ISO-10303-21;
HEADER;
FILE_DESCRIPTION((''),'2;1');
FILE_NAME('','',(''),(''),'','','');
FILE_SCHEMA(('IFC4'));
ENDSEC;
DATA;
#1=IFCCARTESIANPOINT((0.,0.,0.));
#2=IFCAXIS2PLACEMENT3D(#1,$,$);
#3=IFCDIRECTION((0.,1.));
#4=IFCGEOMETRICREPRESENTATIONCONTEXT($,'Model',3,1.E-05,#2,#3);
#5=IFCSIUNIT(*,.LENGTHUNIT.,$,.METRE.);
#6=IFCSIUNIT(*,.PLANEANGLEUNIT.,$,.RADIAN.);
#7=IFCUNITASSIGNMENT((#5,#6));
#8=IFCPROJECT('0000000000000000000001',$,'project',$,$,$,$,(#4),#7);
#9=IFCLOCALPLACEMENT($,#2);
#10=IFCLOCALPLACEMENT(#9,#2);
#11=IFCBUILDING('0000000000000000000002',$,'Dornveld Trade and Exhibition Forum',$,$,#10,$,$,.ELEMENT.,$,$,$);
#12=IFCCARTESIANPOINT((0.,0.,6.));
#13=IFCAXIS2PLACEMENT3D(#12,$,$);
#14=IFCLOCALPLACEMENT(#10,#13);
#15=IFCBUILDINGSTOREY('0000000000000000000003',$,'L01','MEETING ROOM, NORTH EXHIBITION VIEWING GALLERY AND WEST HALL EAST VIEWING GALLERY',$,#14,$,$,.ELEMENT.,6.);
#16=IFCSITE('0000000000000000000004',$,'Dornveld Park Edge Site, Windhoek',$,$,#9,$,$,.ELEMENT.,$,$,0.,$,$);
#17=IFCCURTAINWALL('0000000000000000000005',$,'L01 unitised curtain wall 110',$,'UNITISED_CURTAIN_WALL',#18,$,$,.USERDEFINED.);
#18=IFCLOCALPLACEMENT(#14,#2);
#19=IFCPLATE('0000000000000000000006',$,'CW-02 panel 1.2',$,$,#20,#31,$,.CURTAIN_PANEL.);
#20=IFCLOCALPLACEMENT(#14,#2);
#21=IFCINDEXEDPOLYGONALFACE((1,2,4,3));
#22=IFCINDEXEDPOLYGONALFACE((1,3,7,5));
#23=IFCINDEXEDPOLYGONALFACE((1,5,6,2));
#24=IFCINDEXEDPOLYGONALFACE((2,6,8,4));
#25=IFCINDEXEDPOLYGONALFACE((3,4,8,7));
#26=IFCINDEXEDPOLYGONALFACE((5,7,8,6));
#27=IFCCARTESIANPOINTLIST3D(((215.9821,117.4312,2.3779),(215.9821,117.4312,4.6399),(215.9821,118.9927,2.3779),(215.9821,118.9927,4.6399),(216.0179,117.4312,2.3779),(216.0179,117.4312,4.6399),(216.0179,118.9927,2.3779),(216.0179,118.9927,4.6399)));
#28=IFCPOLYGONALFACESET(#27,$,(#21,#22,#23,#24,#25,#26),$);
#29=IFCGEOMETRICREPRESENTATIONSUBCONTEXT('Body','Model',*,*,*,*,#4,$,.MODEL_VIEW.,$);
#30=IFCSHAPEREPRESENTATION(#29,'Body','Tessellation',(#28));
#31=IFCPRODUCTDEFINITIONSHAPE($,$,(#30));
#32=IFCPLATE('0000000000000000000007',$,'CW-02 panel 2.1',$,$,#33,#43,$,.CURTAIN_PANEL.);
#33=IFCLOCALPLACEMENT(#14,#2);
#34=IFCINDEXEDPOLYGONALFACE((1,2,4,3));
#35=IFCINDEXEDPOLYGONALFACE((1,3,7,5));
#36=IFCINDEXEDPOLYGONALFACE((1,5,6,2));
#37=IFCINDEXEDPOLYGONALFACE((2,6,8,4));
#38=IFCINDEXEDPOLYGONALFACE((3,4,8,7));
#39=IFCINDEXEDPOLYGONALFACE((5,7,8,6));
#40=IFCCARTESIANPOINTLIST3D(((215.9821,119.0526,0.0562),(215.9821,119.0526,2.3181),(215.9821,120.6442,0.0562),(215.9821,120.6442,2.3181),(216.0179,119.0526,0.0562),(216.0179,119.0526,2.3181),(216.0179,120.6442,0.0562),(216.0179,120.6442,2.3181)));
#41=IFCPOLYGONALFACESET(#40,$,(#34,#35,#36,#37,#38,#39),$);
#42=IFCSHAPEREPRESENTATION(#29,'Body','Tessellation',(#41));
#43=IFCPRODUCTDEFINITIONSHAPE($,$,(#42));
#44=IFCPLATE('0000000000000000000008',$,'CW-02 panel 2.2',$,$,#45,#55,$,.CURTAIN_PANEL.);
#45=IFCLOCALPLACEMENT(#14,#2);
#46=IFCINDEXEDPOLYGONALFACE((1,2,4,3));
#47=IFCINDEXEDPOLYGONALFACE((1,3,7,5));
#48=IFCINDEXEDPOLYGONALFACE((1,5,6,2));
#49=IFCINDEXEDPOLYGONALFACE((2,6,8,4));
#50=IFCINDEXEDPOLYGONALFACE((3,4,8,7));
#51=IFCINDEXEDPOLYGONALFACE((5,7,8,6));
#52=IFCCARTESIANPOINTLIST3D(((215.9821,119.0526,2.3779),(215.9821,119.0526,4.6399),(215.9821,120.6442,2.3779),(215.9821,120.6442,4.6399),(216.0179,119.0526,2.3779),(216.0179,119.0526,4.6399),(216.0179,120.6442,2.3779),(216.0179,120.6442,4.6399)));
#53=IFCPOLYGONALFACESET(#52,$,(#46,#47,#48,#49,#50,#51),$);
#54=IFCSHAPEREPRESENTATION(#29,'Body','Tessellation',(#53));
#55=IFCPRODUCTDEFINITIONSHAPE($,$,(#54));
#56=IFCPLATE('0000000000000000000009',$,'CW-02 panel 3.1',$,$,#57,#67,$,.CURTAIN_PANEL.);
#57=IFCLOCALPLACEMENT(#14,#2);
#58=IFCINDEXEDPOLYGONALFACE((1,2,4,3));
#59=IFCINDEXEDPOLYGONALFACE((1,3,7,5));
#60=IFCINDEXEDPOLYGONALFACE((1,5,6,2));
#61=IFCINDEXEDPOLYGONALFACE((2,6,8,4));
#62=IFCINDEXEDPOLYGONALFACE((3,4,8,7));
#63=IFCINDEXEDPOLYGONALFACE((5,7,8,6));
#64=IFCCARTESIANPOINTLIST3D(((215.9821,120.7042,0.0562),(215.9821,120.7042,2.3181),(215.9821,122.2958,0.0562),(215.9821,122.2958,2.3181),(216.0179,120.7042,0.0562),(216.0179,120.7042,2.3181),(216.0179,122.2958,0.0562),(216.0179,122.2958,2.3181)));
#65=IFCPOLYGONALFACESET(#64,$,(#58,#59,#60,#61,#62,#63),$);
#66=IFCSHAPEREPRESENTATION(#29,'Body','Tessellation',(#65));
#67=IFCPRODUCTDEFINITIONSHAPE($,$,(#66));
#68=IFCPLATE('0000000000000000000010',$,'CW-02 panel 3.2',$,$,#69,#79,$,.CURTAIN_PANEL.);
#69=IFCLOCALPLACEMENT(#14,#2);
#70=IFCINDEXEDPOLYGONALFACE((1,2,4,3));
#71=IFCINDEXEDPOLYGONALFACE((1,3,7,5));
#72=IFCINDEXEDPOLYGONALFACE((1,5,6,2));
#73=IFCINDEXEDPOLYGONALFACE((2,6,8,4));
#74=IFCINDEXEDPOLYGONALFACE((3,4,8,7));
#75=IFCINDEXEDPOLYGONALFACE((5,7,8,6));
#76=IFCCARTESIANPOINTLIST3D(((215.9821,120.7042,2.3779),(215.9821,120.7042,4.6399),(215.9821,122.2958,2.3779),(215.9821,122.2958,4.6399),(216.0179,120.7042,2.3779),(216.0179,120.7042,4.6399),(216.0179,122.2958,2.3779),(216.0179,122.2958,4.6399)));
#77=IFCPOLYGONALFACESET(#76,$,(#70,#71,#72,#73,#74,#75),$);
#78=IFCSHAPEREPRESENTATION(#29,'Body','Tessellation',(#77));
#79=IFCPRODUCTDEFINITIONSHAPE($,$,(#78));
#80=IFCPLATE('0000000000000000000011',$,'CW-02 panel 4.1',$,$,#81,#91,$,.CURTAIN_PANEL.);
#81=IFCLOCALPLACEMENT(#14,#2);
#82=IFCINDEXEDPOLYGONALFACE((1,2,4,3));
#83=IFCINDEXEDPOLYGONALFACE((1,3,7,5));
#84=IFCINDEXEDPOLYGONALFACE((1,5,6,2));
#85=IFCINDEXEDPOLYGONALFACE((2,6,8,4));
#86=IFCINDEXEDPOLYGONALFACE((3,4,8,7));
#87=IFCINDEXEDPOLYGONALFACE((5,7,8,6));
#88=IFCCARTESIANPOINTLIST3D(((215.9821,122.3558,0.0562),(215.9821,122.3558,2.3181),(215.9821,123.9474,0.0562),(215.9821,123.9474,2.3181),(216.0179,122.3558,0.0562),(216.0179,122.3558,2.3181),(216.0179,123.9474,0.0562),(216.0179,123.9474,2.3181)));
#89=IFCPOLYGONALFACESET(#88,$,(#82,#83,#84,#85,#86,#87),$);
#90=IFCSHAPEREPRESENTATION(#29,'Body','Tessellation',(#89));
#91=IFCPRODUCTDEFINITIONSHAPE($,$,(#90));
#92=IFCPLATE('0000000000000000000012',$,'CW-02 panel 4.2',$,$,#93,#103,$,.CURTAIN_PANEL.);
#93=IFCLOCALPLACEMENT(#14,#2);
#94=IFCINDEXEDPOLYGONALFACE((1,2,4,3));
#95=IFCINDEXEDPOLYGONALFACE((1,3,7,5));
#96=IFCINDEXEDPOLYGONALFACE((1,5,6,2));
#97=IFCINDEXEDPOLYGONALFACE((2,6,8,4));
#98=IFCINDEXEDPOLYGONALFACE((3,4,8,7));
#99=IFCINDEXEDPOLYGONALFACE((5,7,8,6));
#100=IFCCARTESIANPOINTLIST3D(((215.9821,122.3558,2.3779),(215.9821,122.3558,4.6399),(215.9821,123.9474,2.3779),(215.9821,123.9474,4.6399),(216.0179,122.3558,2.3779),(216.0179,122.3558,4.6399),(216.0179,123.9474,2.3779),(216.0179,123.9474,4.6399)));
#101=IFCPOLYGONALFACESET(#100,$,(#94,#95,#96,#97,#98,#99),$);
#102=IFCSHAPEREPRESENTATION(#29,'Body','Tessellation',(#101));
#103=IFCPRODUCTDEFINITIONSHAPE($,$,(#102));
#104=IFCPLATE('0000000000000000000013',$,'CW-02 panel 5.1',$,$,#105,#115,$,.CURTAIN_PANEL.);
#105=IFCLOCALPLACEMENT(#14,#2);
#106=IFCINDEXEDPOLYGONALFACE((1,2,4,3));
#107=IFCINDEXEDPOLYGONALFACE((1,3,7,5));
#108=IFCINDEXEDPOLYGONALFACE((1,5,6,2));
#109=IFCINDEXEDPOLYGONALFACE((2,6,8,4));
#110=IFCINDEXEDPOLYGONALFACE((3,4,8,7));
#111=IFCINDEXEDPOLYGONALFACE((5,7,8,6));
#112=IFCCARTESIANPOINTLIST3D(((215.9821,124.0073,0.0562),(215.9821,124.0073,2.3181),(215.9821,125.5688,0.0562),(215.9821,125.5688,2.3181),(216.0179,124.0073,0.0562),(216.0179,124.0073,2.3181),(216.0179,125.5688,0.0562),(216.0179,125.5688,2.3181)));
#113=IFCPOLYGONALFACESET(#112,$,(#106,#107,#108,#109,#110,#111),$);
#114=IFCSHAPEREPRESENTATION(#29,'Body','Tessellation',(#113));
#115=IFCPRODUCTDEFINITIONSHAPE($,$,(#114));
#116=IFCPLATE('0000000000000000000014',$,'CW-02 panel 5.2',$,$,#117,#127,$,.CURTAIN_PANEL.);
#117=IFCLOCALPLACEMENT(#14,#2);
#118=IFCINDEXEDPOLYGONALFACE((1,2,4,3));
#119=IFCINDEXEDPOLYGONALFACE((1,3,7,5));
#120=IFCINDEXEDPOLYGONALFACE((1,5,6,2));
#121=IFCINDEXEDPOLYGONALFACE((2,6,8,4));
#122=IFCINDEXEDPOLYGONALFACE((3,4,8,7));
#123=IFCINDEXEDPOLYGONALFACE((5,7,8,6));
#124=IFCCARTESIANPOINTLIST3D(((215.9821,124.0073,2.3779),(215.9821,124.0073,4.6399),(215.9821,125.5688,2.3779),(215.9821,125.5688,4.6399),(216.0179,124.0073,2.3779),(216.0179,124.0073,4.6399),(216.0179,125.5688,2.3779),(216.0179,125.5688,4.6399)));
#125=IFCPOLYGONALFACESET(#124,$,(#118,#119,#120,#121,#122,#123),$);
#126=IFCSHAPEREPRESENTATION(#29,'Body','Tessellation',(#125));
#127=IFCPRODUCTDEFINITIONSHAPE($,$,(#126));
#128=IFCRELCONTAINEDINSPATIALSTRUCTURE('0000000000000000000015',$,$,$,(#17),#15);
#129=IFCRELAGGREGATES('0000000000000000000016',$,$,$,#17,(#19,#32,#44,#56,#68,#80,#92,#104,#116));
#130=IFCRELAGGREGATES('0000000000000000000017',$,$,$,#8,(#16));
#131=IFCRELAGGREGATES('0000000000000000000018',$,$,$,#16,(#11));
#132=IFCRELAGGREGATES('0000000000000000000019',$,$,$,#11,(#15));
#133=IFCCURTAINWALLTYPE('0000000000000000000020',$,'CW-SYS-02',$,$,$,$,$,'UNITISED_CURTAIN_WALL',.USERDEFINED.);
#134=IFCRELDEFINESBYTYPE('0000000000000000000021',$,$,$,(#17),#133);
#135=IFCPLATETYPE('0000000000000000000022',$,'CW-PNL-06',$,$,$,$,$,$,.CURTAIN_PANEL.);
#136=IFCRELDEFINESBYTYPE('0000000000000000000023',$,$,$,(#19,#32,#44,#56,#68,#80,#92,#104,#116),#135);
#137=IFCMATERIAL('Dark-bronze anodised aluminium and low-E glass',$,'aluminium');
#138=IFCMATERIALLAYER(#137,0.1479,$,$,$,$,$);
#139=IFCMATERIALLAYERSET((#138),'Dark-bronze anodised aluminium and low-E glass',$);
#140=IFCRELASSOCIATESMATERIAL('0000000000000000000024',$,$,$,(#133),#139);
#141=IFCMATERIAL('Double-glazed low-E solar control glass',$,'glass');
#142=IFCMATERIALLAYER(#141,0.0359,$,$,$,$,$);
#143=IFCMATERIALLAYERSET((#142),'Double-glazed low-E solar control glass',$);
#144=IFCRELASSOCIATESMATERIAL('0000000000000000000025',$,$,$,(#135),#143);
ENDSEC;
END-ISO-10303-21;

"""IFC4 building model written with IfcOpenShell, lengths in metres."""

from ifc_helpers import new_model, si_unit, direction, frame, origin, origin_2d, place, context, subcontext, project, spatial, rectangle, extrude, material, layer, layer_set, type_object, element, aggregate, save


model = new_model("IFC4")

# Units and contexts
model_context = context("Model", 3, precision=1e-05, world=origin(), true_north=direction((0.0, 1.0)))
body_context = subcontext(model_context, "Body", "Model", "MODEL_VIEW")
ifc_project = project(units=[si_unit("LENGTHUNIT", "METRE"), si_unit("PLANEANGLEUNIT", "RADIAN")], contexts=[model_context])

# Site, building, storey
site_placement = place(None, origin())
site = spatial("IfcSite", under=ifc_project, at=site_placement, Name="Dornveld Park Edge Site, Windhoek", CompositionType="ELEMENT", RefElevation=0.0)
building_placement = place(site_placement, origin())
building = spatial("IfcBuilding", under=site, at=building_placement, Name="Dornveld Trade and Exhibition Forum", CompositionType="ELEMENT")
storey_placement = place(building_placement, frame((0.0, 0.0, 6.0)))
storey = spatial("IfcBuildingStorey", under=building, at=storey_placement, Name="L01", Description="MEETING ROOM, NORTH EXHIBITION VIEWING GALLERY AND WEST HALL EAST VIEWING GALLERY", CompositionType="ELEMENT", Elevation=6.0)

# Curtain wall, plates
ifc_material_1 = material(Name="Dark-bronze anodised aluminium and low-E glass", Category="aluminium")
ifc_layer_1 = layer(ifc_material_1, 0.1479)
ifc_layer_set_1 = layer_set([ifc_layer_1], Name="Dark-bronze anodised aluminium and low-E glass")
curtain_wall_type = type_object("IfcCurtainWallType", Name="CW-SYS-02", ElementType="UNITISED_CURTAIN_WALL", PredefinedType="USERDEFINED", material=ifc_layer_set_1)
curtain_wall_placement = place(storey_placement, origin())
curtain_wall = element("IfcCurtainWall", 1, at=curtain_wall_placement, inside=storey, type_object=curtain_wall_type, Name="L01 unitised curtain wall 110", ObjectType="UNITISED_CURTAIN_WALL", PredefinedType="USERDEFINED")
ifc_material_2 = material(Name="Double-glazed low-E solar control glass", Category="glass")
ifc_layer_2 = layer(ifc_material_2, 0.0359)
ifc_layer_set_2 = layer_set([ifc_layer_2], Name="Double-glazed low-E solar control glass")
plate_type = type_object("IfcPlateType", Name="CW-PNL-06", PredefinedType="CURTAIN_PANEL", material=ifc_layer_set_2)
plate_1_placement = place(storey_placement, frame((216.0, 118.2119, 2.3779), z_axis=(0.0, 0.0, 1.0), x_axis=(0.0, 1.0, 0.0)))
plate_1 = element("IfcPlate", 2, at=plate_1_placement, type_object=plate_type, Name="CW-02 panel 1.2", PredefinedType="CURTAIN_PANEL", context=body_context, shape_type="SweptSolid", body=[
    extrude(rectangle(XDim=1.5615, YDim=0.0359, at=origin_2d()), origin(), (0.0, 0.0, 1.0), 2.262),
])
plate_2_placement = place(storey_placement, frame((216.0, 119.8484, 0.0562), z_axis=(0.0, 0.0, 1.0), x_axis=(0.0, 1.0, 0.0)))
plate_2 = element("IfcPlate", 3, at=plate_2_placement, type_object=plate_type, Name="CW-02 panel 2.1", PredefinedType="CURTAIN_PANEL", context=body_context, shape_type="SweptSolid", body=[
    extrude(rectangle(XDim=1.5916, YDim=0.0359, at=origin_2d()), origin(), (0.0, 0.0, 1.0), 2.262),
])
plate_3_placement = place(storey_placement, frame((216.0, 119.8484, 2.3779), z_axis=(0.0, 0.0, 1.0), x_axis=(0.0, 1.0, 0.0)))
plate_3 = element("IfcPlate", 4, at=plate_3_placement, type_object=plate_type, Name="CW-02 panel 2.2", PredefinedType="CURTAIN_PANEL", context=body_context, shape_type="SweptSolid", body=[
    extrude(rectangle(XDim=1.5916, YDim=0.0359, at=origin_2d()), origin(), (0.0, 0.0, 1.0), 2.262),
])
plate_4_placement = place(storey_placement, frame((216.0, 121.5, 0.0562), z_axis=(0.0, 0.0, 1.0), x_axis=(0.0, 1.0, 0.0)))
plate_4 = element("IfcPlate", 5, at=plate_4_placement, type_object=plate_type, Name="CW-02 panel 3.1", PredefinedType="CURTAIN_PANEL", context=body_context, shape_type="SweptSolid", body=[
    extrude(rectangle(XDim=1.5916, YDim=0.0359, at=origin_2d()), origin(), (0.0, 0.0, 1.0), 2.262),
])
plate_5_placement = place(storey_placement, frame((216.0, 121.5, 2.3779), z_axis=(0.0, 0.0, 1.0), x_axis=(0.0, 1.0, 0.0)))
plate_5 = element("IfcPlate", 6, at=plate_5_placement, type_object=plate_type, Name="CW-02 panel 3.2", PredefinedType="CURTAIN_PANEL", context=body_context, shape_type="SweptSolid", body=[
    extrude(rectangle(XDim=1.5916, YDim=0.0359, at=origin_2d()), origin(), (0.0, 0.0, 1.0), 2.262),
])
plate_6_placement = place(storey_placement, frame((216.0, 123.1516, 0.0562), z_axis=(0.0, 0.0, 1.0), x_axis=(0.0, 1.0, 0.0)))
plate_6 = element("IfcPlate", 7, at=plate_6_placement, type_object=plate_type, Name="CW-02 panel 4.1", PredefinedType="CURTAIN_PANEL", context=body_context, shape_type="SweptSolid", body=[
    extrude(rectangle(XDim=1.5916, YDim=0.0359, at=origin_2d()), origin(), (0.0, 0.0, 1.0), 2.262),
])
plate_7_placement = place(storey_placement, frame((216.0, 123.1516, 2.3779), z_axis=(0.0, 0.0, 1.0), x_axis=(0.0, 1.0, 0.0)))
plate_7 = element("IfcPlate", 8, at=plate_7_placement, type_object=plate_type, Name="CW-02 panel 4.2", PredefinedType="CURTAIN_PANEL", context=body_context, shape_type="SweptSolid", body=[
    extrude(rectangle(XDim=1.5916, YDim=0.0359, at=origin_2d()), origin(), (0.0, 0.0, 1.0), 2.262),
])
plate_8_placement = place(storey_placement, frame((216.0, 124.7881, 0.0562), z_axis=(0.0, 0.0, 1.0), x_axis=(0.0, 1.0, 0.0)))
plate_8 = element("IfcPlate", 9, at=plate_8_placement, type_object=plate_type, Name="CW-02 panel 5.1", PredefinedType="CURTAIN_PANEL", context=body_context, shape_type="SweptSolid", body=[
    extrude(rectangle(XDim=1.5615, YDim=0.0359, at=origin_2d()), origin(), (0.0, 0.0, 1.0), 2.262),
])
plate_9_placement = place(storey_placement, frame((216.0, 124.7881, 2.3779), z_axis=(0.0, 0.0, 1.0), x_axis=(0.0, 1.0, 0.0)))
plate_9 = element("IfcPlate", 10, at=plate_9_placement, type_object=plate_type, Name="CW-02 panel 5.2", PredefinedType="CURTAIN_PANEL", context=body_context, shape_type="SweptSolid", body=[
    extrude(rectangle(XDim=1.5615, YDim=0.0359, at=origin_2d()), origin(), (0.0, 0.0, 1.0), 2.262),
])
aggregate(curtain_wall, [plate_1, plate_2, plate_3, plate_4, plate_5, plate_6, plate_7, plate_8, plate_9])

save(model, "model.ifc")
